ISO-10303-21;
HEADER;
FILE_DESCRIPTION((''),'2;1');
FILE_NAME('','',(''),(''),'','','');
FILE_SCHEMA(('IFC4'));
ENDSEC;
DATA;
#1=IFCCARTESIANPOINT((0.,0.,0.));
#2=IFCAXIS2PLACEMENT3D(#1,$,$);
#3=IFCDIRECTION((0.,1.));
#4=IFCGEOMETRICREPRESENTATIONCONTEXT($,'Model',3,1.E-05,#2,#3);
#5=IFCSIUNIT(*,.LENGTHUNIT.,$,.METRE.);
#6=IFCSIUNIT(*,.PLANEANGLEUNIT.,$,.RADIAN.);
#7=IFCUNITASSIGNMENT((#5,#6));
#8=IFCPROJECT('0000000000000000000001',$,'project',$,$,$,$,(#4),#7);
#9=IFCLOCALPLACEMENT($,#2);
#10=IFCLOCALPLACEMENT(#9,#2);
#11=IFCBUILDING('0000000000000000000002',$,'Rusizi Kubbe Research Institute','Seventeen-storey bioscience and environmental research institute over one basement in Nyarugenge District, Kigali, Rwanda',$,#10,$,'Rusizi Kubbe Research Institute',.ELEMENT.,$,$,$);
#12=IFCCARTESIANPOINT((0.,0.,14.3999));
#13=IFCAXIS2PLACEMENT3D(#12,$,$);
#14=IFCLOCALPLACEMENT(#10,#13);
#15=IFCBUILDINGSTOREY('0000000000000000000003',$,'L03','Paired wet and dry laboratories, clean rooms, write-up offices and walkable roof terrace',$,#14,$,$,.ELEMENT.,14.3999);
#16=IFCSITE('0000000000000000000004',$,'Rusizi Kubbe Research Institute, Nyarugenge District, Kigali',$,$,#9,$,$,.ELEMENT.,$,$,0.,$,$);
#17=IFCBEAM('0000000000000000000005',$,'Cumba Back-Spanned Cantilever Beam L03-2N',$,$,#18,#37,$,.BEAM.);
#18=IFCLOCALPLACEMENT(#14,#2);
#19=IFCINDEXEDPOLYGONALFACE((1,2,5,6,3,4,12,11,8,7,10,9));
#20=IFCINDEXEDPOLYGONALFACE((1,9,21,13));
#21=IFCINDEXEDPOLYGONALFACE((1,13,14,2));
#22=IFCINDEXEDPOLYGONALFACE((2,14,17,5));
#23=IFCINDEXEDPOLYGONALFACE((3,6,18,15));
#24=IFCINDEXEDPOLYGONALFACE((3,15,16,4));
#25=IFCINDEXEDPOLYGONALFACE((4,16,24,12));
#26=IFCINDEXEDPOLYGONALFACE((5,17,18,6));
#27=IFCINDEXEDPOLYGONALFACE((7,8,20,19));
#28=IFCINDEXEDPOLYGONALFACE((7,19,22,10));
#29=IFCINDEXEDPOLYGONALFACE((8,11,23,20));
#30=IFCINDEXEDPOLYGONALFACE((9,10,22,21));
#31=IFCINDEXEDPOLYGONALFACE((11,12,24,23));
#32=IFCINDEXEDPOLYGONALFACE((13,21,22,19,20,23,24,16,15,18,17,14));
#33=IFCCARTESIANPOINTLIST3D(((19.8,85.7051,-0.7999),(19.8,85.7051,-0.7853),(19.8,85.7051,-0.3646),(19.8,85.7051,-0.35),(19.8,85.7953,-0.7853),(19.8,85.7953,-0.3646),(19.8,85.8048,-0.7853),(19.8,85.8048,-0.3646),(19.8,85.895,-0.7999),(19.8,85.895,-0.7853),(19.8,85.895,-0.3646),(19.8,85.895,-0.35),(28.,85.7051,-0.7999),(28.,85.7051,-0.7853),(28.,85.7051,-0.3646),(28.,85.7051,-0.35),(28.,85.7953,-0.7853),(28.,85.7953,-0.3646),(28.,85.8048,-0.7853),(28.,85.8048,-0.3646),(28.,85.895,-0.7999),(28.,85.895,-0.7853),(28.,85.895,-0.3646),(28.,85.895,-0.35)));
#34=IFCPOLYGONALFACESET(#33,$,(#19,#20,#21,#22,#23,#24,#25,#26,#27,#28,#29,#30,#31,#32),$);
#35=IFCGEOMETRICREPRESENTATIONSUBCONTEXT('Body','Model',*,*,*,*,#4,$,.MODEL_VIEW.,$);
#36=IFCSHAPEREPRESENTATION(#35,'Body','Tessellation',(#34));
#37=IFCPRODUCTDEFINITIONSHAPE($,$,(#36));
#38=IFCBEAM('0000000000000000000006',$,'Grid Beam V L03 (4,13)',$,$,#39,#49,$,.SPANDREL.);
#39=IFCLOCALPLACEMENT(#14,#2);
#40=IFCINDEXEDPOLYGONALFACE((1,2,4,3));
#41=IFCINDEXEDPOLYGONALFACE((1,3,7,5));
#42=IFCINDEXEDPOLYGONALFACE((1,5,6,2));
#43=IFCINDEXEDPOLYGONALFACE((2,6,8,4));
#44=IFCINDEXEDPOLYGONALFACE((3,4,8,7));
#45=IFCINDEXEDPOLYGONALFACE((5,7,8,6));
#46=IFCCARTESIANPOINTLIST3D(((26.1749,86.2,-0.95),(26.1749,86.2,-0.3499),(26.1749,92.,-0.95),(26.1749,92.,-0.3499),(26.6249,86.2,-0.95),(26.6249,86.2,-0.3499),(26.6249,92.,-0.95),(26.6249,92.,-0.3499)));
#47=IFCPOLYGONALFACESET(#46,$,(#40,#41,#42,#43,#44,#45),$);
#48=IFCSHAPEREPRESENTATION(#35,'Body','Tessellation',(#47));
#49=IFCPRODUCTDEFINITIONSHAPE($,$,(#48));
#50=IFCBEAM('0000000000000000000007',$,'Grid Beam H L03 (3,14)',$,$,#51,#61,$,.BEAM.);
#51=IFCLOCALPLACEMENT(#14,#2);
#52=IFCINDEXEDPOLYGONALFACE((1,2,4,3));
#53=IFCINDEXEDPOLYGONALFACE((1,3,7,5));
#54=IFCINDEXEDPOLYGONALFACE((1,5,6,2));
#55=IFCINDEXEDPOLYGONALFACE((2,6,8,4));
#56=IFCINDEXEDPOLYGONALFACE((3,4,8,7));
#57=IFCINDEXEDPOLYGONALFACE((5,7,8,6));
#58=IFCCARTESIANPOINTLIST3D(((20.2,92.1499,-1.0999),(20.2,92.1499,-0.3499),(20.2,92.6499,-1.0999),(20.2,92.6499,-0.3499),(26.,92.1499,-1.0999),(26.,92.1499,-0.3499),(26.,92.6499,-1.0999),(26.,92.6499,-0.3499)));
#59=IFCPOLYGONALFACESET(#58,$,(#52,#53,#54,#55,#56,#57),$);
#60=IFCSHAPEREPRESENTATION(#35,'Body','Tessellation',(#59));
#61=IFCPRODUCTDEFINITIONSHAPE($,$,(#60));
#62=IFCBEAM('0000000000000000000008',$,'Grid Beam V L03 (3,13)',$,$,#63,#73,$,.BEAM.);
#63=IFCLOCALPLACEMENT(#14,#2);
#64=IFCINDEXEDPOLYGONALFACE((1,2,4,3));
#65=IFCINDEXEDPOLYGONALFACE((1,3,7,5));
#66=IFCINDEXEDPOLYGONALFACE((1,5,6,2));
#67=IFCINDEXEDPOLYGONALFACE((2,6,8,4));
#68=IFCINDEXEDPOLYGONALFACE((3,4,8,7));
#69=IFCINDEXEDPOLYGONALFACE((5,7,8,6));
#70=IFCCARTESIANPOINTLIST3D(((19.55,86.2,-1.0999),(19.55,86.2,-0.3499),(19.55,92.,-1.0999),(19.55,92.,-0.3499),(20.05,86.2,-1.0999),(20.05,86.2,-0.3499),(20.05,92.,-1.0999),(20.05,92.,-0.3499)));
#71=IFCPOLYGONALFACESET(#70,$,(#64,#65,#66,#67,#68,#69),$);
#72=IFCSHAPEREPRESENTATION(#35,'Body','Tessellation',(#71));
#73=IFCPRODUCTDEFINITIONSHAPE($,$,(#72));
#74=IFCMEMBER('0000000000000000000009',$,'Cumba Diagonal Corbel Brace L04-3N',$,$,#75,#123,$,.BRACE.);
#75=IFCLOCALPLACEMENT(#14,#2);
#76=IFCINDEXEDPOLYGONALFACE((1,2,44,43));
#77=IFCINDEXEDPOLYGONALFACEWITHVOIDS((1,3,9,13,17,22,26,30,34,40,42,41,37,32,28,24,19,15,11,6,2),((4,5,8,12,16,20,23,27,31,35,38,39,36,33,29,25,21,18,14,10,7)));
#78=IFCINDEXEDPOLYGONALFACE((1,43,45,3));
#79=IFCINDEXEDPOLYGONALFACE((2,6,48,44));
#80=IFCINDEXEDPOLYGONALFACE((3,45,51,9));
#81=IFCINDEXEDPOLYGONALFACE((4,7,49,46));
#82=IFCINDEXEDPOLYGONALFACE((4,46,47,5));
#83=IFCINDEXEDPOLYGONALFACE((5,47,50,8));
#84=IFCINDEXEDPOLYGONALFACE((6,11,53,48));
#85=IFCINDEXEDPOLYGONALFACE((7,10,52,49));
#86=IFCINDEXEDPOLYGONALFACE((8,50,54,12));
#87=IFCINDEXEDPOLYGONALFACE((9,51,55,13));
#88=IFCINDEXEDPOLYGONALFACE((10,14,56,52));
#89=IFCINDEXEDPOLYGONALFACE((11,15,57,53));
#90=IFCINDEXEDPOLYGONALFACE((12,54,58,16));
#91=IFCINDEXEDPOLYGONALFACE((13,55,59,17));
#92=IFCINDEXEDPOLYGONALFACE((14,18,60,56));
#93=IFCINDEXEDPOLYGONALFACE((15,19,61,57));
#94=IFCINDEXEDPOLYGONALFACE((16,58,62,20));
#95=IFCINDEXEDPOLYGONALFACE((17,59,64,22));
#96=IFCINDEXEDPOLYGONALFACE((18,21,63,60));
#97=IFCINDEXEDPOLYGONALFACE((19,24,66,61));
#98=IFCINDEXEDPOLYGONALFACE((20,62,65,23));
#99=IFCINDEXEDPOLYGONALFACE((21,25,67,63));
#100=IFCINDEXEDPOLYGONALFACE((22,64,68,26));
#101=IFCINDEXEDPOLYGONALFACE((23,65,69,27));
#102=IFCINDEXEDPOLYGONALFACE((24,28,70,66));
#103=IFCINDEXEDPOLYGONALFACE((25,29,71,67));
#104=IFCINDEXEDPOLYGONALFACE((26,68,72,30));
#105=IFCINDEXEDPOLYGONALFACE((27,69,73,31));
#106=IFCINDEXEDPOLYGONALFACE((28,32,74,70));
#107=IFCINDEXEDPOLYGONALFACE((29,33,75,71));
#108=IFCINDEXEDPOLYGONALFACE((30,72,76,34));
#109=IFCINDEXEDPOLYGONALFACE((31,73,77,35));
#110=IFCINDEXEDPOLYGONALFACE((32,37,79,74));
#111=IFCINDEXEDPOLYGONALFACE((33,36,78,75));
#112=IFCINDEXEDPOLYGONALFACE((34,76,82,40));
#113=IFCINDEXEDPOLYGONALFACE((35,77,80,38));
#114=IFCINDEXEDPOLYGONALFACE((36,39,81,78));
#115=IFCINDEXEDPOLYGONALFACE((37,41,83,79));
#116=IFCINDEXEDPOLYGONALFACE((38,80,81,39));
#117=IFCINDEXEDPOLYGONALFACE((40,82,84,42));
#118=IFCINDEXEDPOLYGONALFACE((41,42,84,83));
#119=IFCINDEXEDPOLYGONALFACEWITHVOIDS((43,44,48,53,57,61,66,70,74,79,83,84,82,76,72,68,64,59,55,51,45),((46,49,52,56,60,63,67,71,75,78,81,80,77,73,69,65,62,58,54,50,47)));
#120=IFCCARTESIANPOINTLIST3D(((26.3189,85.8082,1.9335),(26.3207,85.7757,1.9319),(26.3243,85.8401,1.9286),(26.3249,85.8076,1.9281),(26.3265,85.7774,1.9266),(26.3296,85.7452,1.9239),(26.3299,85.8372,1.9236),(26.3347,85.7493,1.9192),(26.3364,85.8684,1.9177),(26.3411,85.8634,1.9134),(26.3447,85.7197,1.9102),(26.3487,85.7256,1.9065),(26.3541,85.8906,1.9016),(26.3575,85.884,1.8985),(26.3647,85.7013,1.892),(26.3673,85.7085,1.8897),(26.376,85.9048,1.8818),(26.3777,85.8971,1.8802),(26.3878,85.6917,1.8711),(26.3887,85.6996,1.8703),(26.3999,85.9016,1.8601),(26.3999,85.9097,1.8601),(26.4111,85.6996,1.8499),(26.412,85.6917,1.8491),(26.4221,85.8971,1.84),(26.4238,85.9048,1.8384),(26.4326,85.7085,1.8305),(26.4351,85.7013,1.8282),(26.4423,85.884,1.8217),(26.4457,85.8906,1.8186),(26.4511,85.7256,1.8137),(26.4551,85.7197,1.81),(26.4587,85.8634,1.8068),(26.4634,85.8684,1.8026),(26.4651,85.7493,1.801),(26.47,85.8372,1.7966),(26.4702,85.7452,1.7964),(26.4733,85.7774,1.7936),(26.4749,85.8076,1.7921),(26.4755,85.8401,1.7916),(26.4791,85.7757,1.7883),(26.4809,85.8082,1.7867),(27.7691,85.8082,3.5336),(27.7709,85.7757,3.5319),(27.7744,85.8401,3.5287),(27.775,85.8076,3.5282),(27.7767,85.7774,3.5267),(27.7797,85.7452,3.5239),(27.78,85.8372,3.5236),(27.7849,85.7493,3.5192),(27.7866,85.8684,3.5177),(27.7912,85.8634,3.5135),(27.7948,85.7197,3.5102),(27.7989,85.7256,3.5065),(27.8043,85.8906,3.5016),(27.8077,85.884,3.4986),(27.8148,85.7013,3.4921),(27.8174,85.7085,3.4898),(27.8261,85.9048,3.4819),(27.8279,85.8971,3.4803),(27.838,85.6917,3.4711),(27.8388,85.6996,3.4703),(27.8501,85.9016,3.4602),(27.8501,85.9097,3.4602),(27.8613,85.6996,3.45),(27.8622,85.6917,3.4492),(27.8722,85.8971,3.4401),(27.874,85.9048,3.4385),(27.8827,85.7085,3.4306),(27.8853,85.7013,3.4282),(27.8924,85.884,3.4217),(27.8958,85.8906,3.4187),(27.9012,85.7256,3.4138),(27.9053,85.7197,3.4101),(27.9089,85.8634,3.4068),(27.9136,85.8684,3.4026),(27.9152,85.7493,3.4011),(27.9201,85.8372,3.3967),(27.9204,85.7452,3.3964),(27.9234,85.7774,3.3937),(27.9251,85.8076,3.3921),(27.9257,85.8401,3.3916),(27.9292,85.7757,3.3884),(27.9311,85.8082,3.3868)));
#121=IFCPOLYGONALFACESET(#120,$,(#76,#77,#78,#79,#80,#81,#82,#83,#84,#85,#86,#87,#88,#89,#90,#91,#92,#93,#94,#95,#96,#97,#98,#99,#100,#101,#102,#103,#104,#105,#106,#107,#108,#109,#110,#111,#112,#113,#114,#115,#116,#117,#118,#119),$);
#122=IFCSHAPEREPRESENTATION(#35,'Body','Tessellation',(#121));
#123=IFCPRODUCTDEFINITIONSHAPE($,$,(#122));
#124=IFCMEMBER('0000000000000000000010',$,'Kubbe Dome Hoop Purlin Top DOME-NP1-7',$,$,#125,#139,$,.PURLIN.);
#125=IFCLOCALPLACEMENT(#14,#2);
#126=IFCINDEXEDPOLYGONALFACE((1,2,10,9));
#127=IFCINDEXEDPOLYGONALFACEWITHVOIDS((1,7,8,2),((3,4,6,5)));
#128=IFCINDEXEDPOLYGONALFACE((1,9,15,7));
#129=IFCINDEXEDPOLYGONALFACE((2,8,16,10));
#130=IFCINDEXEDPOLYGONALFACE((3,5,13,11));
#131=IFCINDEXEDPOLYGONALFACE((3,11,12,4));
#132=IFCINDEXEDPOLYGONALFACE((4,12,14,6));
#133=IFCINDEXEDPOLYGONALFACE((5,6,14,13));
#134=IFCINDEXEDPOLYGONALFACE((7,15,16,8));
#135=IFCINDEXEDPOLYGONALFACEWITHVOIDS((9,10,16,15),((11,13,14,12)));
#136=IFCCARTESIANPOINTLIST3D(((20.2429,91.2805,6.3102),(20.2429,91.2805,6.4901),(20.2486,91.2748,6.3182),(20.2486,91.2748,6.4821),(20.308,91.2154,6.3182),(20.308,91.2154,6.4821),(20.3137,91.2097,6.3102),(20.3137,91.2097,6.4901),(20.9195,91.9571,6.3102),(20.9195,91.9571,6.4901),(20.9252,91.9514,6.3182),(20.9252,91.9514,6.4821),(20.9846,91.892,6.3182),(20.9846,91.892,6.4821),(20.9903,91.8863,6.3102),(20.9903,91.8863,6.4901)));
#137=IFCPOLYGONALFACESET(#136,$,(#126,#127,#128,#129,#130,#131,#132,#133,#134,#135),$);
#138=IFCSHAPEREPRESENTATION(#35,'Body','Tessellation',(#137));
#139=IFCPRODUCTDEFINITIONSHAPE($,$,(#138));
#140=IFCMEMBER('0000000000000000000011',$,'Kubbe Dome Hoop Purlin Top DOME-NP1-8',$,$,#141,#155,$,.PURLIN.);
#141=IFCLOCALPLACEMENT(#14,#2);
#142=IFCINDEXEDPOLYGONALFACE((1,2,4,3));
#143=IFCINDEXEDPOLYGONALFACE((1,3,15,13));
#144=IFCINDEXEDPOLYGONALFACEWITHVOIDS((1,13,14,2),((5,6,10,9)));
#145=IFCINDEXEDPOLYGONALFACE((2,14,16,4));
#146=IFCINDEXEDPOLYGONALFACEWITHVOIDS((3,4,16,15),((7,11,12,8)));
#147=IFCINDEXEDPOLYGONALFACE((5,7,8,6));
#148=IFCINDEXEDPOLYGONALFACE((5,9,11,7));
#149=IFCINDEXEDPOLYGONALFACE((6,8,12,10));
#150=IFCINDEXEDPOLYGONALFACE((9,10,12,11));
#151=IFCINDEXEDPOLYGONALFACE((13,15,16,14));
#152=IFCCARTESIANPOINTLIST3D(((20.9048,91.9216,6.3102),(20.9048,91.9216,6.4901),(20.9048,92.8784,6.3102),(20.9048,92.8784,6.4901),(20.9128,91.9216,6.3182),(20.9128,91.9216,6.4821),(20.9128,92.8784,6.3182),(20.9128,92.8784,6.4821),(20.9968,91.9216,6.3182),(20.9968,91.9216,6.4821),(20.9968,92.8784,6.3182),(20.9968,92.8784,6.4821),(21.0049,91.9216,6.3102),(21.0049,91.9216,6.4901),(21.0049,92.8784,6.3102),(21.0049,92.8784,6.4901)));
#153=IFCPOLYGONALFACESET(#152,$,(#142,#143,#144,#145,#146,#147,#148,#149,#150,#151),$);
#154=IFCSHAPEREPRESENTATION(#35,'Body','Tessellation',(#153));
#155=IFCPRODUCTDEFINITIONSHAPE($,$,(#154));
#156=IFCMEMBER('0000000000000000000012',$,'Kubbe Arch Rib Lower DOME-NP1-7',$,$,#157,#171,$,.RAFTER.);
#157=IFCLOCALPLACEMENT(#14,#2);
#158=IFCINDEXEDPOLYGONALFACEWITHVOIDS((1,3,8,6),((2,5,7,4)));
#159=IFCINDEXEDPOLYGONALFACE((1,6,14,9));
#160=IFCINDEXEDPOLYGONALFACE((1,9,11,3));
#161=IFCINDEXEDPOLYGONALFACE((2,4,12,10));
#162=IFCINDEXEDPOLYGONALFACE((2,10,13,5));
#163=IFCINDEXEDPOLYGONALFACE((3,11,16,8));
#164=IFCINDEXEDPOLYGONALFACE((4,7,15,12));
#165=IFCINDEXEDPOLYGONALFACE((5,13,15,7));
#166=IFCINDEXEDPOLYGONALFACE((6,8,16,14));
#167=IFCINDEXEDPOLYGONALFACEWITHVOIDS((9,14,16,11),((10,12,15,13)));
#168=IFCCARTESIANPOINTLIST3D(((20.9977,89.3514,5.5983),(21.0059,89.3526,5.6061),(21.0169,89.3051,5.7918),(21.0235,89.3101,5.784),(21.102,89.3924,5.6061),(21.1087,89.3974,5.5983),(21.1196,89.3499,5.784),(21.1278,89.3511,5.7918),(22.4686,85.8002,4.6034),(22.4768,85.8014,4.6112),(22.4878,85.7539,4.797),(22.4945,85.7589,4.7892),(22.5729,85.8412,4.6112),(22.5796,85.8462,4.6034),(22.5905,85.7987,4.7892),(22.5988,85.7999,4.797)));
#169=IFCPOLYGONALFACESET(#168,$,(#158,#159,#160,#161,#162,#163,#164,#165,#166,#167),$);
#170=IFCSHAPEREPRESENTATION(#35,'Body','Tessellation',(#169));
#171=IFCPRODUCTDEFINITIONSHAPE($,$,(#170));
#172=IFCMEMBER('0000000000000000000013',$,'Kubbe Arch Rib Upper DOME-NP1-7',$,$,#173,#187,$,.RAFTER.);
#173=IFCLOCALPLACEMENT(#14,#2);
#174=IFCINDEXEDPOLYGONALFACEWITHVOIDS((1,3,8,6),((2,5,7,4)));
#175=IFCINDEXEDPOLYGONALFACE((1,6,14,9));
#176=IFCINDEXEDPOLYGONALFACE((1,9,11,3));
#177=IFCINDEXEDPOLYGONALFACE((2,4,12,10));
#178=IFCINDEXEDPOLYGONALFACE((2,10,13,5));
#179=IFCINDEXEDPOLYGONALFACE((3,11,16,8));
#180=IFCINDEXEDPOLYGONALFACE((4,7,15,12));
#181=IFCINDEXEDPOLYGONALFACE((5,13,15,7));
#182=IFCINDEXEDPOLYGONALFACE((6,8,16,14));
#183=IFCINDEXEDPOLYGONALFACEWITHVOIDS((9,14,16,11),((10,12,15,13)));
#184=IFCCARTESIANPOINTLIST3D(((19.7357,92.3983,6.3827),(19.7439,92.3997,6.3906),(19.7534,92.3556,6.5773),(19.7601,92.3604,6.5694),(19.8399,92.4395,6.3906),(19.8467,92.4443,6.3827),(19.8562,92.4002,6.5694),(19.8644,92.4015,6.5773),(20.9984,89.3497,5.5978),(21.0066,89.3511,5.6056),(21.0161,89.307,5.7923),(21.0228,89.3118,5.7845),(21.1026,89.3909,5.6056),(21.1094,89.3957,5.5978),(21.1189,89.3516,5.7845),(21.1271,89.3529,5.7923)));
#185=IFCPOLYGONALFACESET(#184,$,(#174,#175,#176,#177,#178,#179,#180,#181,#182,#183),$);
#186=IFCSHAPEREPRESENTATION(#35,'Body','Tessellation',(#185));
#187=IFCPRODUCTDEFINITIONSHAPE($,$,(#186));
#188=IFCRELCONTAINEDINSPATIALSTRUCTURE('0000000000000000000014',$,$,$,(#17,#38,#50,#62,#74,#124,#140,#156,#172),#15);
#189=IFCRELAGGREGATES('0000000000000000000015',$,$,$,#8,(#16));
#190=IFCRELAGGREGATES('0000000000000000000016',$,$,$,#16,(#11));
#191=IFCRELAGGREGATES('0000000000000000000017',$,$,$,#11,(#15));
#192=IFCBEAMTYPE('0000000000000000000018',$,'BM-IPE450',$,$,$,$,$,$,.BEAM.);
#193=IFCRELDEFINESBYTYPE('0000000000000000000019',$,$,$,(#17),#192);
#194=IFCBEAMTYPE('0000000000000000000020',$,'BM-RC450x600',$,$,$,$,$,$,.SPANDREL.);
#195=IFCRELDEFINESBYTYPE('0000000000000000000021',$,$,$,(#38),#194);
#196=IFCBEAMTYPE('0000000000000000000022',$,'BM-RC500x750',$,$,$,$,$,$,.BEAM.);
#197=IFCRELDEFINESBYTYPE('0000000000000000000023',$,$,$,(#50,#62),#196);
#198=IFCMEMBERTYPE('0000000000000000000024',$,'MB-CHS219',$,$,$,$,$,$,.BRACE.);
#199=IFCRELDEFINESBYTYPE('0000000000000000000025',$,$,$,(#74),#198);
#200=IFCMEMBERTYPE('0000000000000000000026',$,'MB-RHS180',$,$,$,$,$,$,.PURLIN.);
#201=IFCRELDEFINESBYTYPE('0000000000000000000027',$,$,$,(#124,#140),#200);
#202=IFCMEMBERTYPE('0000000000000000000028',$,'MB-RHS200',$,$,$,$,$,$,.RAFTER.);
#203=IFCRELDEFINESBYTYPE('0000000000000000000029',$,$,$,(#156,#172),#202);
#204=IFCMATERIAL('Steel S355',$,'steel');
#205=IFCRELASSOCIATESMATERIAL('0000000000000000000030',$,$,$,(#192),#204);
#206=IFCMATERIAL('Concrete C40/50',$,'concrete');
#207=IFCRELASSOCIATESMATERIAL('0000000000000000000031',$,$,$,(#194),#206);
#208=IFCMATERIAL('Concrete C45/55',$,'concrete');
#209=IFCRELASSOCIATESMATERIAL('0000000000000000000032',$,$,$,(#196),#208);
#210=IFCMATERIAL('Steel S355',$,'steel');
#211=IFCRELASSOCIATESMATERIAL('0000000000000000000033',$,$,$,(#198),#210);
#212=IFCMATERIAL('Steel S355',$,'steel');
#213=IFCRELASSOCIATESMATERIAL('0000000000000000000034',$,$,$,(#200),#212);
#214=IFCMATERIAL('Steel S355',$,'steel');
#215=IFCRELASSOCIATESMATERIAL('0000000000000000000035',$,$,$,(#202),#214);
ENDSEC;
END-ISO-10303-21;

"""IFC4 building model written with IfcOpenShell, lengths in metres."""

from ifc_helpers import new_model, si_unit, direction, frame, origin, origin_2d, place, context, subcontext, project, spatial, rectangle, hollow_rectangle, hollow_circle, i_section, extrude, material, material_profile, profile_set, type_object, element, save


model = new_model("IFC4")

# Units and contexts
model_context = context("Model", 3, precision=1e-05, world=origin(), true_north=direction((0.0, 1.0)))
body_context = subcontext(model_context, "Body", "Model", "MODEL_VIEW")
ifc_project = project(units=[si_unit("LENGTHUNIT", "METRE"), si_unit("PLANEANGLEUNIT", "RADIAN")], contexts=[model_context])

# Site, building, storey
site_placement = place(None, origin())
site = spatial("IfcSite", under=ifc_project, at=site_placement, Name="Rusizi Kubbe Research Institute, Nyarugenge District, Kigali", CompositionType="ELEMENT", RefElevation=0.0)
building_placement = place(site_placement, origin())
building = spatial("IfcBuilding", under=site, at=building_placement, Name="Rusizi Kubbe Research Institute", Description="Seventeen-storey bioscience and environmental research institute over one basement in Nyarugenge District, Kigali, Rwanda", LongName="Rusizi Kubbe Research Institute", CompositionType="ELEMENT")
storey_placement = place(building_placement, frame((0.0, 0.0, 14.3999)))
storey = spatial("IfcBuildingStorey", under=building, at=storey_placement, Name="L03", Description="Paired wet and dry laboratories, clean rooms, write-up offices and walkable roof terrace", CompositionType="ELEMENT", Elevation=14.3999)

# Beams
ifc_material_1 = material(Name="Steel S355", Category="steel")
ifc_material_profile_1 = material_profile(ifc_material_1, i_section(OverallWidth=0.1899, OverallDepth=0.45, WebThickness=0.0095, FlangeThickness=0.0146, at=origin_2d()), Name="IPE 450")
ifc_profile_set_1 = profile_set([ifc_material_profile_1], Name="Steel S355")
beam_type_1 = type_object("IfcBeamType", Name="BM-IPE450", PredefinedType="BEAM", material=ifc_profile_set_1)
beam_1_placement = place(storey_placement, frame((19.8, 85.8, -0.575), z_axis=(1.0, 0.0, 0.0), x_axis=(0.0, 1.0, 0.0)))
element("IfcBeam", 1, at=beam_1_placement, inside=storey, type_object=beam_type_1, Name="Cumba Back-Spanned Cantilever Beam L03-2N", PredefinedType="BEAM", context=body_context, shape_type="SweptSolid", body=[
    extrude(i_section(OverallWidth=0.1899, OverallDepth=0.45, WebThickness=0.0095, FlangeThickness=0.0146, at=origin_2d()), origin(), (0.0, 0.0, 1.0), 8.2),
])
ifc_material_2 = material(Name="Concrete C40/50", Category="concrete")
ifc_material_profile_2 = material_profile(ifc_material_2, rectangle(XDim=0.45, YDim=0.6001, at=origin_2d()), Name="RC450x600")
ifc_profile_set_2 = profile_set([ifc_material_profile_2], Name="Concrete C40/50")
beam_type_2 = type_object("IfcBeamType", Name="BM-RC450x600", PredefinedType="SPANDREL", material=ifc_profile_set_2)
beam_2_placement = place(storey_placement, frame((26.3999, 86.2, -0.6499), z_axis=(0.0, 1.0, 0.0), x_axis=(-1.0, 0.0, 0.0)))
element("IfcBeam", 2, at=beam_2_placement, inside=storey, type_object=beam_type_2, Name="Grid Beam V L03 (4,13)", PredefinedType="SPANDREL", context=body_context, shape_type="SweptSolid", body=[
    extrude(rectangle(XDim=0.45, YDim=0.6001, at=origin_2d()), origin(), (0.0, 0.0, 1.0), 5.8),
])
ifc_material_3 = material(Name="Concrete C45/55", Category="concrete")
ifc_material_profile_3 = material_profile(ifc_material_3, rectangle(XDim=0.5, YDim=0.75, at=origin_2d()), Name="RC500x750B")
ifc_profile_set_3 = profile_set([ifc_material_profile_3], Name="Concrete C45/55")
beam_type_3 = type_object("IfcBeamType", Name="BM-RC500x750", PredefinedType="BEAM", material=ifc_profile_set_3)
for number, where, z_axis, x_axis, name in (
    (3, (20.2, 92.3999, -0.7249), (1.0, 0.0, 0.0), (0.0, 1.0, 0.0), "Grid Beam H L03 (3,14)"),
    (4, (19.8, 86.2, -0.7249), (0.0, 1.0, 0.0), (-1.0, 0.0, 0.0), "Grid Beam V L03 (3,13)"),
):
    element("IfcBeam", number, at=place(storey_placement, frame(where, z_axis=z_axis, x_axis=x_axis)), inside=storey, type_object=beam_type_3, Name=name, PredefinedType="BEAM", context=body_context, shape_type="SweptSolid", body=[
        extrude(rectangle(XDim=0.5, YDim=0.75, at=origin_2d()), origin(), (0.0, 0.0, 1.0), 5.8),
    ])

# Members
ifc_material_4 = material(Name="Steel S355", Category="steel")
ifc_material_profile_4 = material_profile(ifc_material_4, hollow_circle(Radius=0.1096, WallThickness=0.0081, at=origin_2d()), Name="CHS 219.1x8.0")
ifc_profile_set_4 = profile_set([ifc_material_profile_4], Name="Steel S355")
member_type_1 = type_object("IfcMemberType", Name="MB-CHS219", PredefinedType="BRACE", material=ifc_profile_set_4)
member_1_placement = place(storey_placement, frame((26.3999, 85.8, 1.8601), z_axis=(0.671547, 0.0, 0.740962), x_axis=(0.0, 1.0, 0.0)))
element("IfcMember", 5, at=member_1_placement, inside=storey, type_object=member_type_1, Name="Cumba Diagonal Corbel Brace L04-3N", PredefinedType="BRACE", context=body_context, shape_type="SweptSolid", body=[
    extrude(hollow_circle(Radius=0.1096, WallThickness=0.0081, at=origin_2d()), origin(), (0.0, 0.0, 1.0), 2.1594),
])
ifc_material_5 = material(Name="Steel S355", Category="steel")
ifc_material_profile_5 = material_profile(ifc_material_5, hollow_rectangle(XDim=0.1001, YDim=0.1799, WallThickness=0.0081, at=origin_2d()), Name="RHS 180x100x8.0")
ifc_profile_set_5 = profile_set([ifc_material_profile_5], Name="Steel S355")
member_type_2 = type_object("IfcMemberType", Name="MB-RHS180", PredefinedType="PURLIN", material=ifc_profile_set_5)
for number, where, z_axis, x_axis, name in (
    (6, (20.2783, 91.2451, 6.4001), (0.707107, 0.707107, 0.0), (-0.707107, 0.707107, 0.0), "Kubbe Dome Hoop Purlin Top DOME-NP1-7"),
    (7, (20.9548, 91.9216, 6.4001), (0.0, 1.0, 0.0), (-1.0, 0.0, 0.0), "Kubbe Dome Hoop Purlin Top DOME-NP1-8"),
):
    element("IfcMember", number, at=place(storey_placement, frame(where, z_axis=z_axis, x_axis=x_axis)), inside=storey, type_object=member_type_2, Name=name, PredefinedType="PURLIN", context=body_context, shape_type="SweptSolid", body=[
        extrude(hollow_rectangle(XDim=0.1001, YDim=0.1799, WallThickness=0.0081, at=origin_2d()), origin(), (0.0, 0.0, 1.0), 0.9568),
    ])
ifc_material_6 = material(Name="Steel S355", Category="steel")
ifc_material_profile_6 = material_profile(ifc_material_6, hollow_rectangle(XDim=0.1201, YDim=0.2, WallThickness=0.0081, at=origin_2d()), Name="RHS 200x120x8.0")
ifc_profile_set_6 = profile_set([ifc_material_profile_6], Name="Steel S355")
member_type_3 = type_object("IfcMemberType", Name="MB-RHS200", PredefinedType="RAFTER", material=ifc_profile_set_6)
member_2_placement = place(storey_placement, frame((22.5337, 85.8, 4.7002), z_axis=(-0.370468, 0.894411, 0.250565), x_axis=(-0.923883, -0.382675, 0.0)))
element("IfcMember", 8, at=member_2_placement, inside=storey, type_object=member_type_3, Name="Kubbe Arch Rib Lower DOME-NP1-7", PredefinedType="RAFTER", context=body_context, shape_type="SweptSolid", body=[
    extrude(hollow_rectangle(XDim=0.1201, YDim=0.2, WallThickness=0.0081, at=origin_2d()), origin(), (0.0, 0.0, 1.0), 3.9705),
])
member_3_placement = place(storey_placement, frame((21.0627, 89.3513, 5.6951), z_axis=(-0.372278, 0.898808, 0.231414), x_axis=(-0.923887, -0.382665, 0.0)))
element("IfcMember", 9, at=member_3_placement, inside=storey, type_object=member_type_3, Name="Kubbe Arch Rib Upper DOME-NP1-7", PredefinedType="RAFTER", context=body_context, shape_type="SweptSolid", body=[
    extrude(hollow_rectangle(XDim=0.1201, YDim=0.2, WallThickness=0.0081, at=origin_2d()), origin(), (0.0, 0.0, 1.0), 3.3918),
])

save(model, "model.ifc")
